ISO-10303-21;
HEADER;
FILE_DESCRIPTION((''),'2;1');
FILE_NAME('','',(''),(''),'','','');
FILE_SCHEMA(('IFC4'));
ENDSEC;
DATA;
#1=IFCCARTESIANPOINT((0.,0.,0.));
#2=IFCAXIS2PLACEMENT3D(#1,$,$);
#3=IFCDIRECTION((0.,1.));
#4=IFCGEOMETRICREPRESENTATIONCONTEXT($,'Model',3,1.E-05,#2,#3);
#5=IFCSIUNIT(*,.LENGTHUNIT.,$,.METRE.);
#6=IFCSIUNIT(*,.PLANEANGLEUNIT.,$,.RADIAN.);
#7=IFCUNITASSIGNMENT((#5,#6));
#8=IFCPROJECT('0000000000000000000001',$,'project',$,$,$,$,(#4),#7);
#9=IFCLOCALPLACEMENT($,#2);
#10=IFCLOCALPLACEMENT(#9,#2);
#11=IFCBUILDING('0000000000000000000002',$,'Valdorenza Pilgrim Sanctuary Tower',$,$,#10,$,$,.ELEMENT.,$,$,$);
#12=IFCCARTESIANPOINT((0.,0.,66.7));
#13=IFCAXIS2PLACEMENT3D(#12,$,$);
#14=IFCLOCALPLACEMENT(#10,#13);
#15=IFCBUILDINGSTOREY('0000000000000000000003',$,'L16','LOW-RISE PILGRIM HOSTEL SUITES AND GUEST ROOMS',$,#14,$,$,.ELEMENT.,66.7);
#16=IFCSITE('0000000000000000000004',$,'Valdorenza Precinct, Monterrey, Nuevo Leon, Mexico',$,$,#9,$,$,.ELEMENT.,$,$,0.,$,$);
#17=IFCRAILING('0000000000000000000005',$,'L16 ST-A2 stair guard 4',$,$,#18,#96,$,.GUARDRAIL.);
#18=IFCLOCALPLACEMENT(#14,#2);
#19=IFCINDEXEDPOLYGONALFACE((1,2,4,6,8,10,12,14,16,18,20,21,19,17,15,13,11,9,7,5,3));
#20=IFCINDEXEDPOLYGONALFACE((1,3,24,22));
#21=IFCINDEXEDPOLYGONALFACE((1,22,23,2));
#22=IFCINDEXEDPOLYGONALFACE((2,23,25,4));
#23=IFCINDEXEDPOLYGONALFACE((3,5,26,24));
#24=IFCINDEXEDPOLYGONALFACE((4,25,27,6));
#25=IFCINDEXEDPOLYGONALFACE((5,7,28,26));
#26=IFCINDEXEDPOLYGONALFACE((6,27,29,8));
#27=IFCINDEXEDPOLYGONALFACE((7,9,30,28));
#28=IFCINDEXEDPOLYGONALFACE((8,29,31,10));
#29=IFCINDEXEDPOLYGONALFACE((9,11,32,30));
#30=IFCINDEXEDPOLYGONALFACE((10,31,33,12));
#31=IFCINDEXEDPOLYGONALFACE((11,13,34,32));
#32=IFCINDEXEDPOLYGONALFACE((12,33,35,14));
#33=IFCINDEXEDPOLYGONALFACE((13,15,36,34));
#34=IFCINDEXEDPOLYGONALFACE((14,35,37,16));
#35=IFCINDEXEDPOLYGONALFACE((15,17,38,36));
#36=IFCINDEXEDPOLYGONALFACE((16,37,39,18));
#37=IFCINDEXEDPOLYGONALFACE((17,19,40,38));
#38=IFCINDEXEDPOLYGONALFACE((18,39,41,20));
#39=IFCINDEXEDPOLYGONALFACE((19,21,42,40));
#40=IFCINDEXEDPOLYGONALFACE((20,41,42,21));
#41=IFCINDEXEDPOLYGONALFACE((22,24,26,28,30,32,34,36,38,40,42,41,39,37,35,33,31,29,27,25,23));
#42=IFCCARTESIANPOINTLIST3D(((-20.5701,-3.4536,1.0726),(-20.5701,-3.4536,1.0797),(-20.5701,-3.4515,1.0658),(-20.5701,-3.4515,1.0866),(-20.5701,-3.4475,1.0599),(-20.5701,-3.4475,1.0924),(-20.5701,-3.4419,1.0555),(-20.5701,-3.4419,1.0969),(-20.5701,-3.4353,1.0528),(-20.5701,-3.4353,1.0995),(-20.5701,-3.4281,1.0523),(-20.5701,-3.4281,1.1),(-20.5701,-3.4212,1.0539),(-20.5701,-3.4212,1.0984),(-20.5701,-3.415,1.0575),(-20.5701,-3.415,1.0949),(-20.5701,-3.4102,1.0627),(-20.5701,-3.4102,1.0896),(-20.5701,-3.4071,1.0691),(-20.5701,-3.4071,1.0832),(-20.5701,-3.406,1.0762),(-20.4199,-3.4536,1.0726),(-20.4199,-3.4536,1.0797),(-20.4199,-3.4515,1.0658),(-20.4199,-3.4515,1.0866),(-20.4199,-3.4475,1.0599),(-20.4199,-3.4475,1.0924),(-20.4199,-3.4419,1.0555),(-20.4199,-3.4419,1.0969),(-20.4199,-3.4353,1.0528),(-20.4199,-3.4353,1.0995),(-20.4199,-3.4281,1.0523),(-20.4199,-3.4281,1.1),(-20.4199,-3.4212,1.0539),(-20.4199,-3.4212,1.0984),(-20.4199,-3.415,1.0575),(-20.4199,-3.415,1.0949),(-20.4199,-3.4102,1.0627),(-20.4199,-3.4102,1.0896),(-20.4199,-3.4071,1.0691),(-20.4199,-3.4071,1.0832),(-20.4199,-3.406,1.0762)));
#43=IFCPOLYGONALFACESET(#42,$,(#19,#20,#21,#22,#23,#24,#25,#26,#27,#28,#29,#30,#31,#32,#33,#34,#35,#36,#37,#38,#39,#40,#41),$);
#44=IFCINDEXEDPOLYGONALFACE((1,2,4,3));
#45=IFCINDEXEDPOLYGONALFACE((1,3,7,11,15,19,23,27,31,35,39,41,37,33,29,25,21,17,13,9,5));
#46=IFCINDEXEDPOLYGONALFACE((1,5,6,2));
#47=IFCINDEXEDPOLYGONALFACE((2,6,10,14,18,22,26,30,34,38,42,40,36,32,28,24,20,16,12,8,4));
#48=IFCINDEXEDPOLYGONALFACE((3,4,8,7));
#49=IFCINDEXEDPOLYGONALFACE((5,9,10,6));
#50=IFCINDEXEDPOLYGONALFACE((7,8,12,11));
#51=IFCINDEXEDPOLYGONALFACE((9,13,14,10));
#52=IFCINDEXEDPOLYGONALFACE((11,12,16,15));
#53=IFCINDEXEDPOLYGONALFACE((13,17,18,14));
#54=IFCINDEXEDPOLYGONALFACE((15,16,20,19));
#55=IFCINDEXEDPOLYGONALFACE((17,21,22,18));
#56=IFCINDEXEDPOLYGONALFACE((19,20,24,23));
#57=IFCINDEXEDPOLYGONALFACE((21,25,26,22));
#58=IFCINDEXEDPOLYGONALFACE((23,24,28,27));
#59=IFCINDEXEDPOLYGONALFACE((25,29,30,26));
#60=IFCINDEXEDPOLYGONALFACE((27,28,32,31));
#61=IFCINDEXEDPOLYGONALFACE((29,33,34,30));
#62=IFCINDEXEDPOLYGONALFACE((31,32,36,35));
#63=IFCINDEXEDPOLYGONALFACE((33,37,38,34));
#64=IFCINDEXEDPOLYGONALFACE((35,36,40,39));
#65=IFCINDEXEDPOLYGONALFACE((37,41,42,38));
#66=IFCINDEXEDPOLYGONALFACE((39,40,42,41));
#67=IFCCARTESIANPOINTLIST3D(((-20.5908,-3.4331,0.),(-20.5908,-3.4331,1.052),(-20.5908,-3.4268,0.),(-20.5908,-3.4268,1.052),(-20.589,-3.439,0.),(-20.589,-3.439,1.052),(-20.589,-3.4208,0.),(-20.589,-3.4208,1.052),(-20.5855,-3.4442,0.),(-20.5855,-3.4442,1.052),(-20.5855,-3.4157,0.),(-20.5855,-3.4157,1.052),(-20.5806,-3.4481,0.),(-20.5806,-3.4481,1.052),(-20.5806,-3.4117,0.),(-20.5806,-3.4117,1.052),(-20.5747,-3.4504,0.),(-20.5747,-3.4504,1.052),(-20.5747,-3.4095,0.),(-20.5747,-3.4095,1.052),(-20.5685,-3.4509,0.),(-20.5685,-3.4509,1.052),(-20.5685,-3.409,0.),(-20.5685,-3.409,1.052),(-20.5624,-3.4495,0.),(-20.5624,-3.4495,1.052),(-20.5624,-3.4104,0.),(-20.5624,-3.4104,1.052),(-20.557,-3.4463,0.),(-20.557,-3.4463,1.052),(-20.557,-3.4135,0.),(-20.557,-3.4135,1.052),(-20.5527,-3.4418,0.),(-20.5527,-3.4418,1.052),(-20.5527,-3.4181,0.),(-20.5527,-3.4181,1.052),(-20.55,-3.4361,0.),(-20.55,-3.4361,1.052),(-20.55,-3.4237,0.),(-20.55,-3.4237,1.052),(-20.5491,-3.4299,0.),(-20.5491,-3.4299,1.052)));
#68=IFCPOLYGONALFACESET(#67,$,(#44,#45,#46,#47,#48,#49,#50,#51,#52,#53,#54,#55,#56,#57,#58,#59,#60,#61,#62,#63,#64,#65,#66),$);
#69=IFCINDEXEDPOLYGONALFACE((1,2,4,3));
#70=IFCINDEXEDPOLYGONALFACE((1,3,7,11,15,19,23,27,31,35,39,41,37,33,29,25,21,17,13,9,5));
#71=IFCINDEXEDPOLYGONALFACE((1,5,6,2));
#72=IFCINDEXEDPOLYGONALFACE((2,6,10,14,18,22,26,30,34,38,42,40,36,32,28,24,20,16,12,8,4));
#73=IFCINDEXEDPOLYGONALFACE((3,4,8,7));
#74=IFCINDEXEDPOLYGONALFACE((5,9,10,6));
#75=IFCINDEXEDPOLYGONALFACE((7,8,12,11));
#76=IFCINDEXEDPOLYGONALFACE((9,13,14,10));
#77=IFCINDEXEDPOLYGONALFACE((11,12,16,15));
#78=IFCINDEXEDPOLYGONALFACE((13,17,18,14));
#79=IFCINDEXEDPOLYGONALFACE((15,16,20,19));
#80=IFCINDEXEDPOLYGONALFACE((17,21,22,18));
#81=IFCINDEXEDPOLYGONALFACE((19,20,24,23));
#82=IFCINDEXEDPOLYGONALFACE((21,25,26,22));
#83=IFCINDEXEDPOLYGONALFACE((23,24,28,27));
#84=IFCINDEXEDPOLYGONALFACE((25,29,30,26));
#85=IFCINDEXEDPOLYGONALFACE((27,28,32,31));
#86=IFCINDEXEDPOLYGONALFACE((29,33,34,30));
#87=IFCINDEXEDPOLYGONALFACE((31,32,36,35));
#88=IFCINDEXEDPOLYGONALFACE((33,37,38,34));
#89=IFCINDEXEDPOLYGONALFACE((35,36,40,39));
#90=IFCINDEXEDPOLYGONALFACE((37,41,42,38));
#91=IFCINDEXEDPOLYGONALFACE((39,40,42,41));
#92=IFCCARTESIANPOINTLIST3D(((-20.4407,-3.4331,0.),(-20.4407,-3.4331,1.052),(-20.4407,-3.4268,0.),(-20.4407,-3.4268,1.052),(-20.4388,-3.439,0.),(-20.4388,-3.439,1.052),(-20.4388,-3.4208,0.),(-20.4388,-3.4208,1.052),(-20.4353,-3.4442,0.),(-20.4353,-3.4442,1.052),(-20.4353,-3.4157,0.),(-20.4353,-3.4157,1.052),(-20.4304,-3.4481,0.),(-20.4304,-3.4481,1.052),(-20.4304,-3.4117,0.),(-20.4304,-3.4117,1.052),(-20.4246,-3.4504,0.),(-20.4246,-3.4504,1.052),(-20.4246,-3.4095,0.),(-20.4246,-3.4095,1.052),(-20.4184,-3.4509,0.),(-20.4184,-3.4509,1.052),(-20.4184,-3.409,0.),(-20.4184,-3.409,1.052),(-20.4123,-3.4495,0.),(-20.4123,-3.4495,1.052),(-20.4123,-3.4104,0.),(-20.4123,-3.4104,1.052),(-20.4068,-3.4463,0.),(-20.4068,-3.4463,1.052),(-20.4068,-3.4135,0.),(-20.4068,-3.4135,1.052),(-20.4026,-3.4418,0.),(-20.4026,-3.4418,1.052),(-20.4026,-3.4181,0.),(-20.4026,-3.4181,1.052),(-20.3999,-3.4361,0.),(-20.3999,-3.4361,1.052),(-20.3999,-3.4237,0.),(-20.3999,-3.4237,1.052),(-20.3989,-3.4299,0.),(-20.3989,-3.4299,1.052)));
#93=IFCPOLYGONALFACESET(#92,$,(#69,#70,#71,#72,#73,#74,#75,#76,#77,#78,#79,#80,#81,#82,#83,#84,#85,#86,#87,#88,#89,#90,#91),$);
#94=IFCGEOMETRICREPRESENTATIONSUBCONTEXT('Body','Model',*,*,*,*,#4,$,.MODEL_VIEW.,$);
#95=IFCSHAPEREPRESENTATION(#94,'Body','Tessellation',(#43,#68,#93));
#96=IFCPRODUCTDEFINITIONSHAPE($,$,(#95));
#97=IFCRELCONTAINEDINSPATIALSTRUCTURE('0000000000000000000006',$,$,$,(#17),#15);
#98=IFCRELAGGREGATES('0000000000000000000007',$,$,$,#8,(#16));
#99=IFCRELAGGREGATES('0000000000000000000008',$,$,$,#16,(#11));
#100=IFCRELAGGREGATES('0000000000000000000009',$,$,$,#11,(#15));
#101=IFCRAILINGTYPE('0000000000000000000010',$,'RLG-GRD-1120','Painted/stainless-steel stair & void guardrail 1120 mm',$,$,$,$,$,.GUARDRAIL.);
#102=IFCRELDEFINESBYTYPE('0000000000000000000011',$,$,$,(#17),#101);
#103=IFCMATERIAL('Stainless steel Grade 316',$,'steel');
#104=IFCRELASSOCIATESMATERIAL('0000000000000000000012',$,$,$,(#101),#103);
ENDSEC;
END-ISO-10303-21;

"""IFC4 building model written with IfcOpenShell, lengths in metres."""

from ifc_helpers import new_model, si_unit, direction, frame, origin, origin_2d, place, context, subcontext, project, spatial, circle, extrude, material, type_object, element, save


model = new_model("IFC4")

# Units and contexts
model_context = context("Model", 3, precision=1e-05, world=origin(), true_north=direction((0.0, 1.0)))
body_context = subcontext(model_context, "Body", "Model", "MODEL_VIEW")
ifc_project = project(units=[si_unit("LENGTHUNIT", "METRE"), si_unit("PLANEANGLEUNIT", "RADIAN")], contexts=[model_context])

# Site, building, storey
site_placement = place(None, origin())
site = spatial("IfcSite", under=ifc_project, at=site_placement, Name="Valdorenza Precinct, Monterrey, Nuevo Leon, Mexico", CompositionType="ELEMENT", RefElevation=0.0)
building_placement = place(site_placement, origin())
building = spatial("IfcBuilding", under=site, at=building_placement, Name="Valdorenza Pilgrim Sanctuary Tower", CompositionType="ELEMENT")
storey_placement = place(building_placement, frame((0.0, 0.0, 66.7)))
storey = spatial("IfcBuildingStorey", under=building, at=storey_placement, Name="L16", Description="LOW-RISE PILGRIM HOSTEL SUITES AND GUEST ROOMS", CompositionType="ELEMENT", Elevation=66.7)

# Railing
ifc_material_1 = material(Name="Stainless steel Grade 316", Category="steel")
railing_type_1 = type_object("IfcRailingType", Name="RLG-GRD-1120", Description="Painted/stainless-steel stair & void guardrail 1120 mm", PredefinedType="GUARDRAIL", material=ifc_material_1)
railing_1_placement = place(storey_placement, frame((-20.5701, -3.4299, 0.0)))
element("IfcRailing", 1, at=railing_1_placement, inside=storey, type_object=railing_type_1, Name="L16 ST-A2 stair guard 4", PredefinedType="GUARDRAIL", context=body_context, shape_type="SweptSolid", body=[
    extrude(circle(Radius=0.0239, at=origin_2d()), frame((0.0, 0.0, 1.0762), z_axis=(1.0, 0.0, 0.0), x_axis=(0.0, 1.0, 0.0)), (0.0, 0.0, 1.0), 0.1501),
    extrude(circle(Radius=0.021, at=origin_2d()), origin(), (0.0, 0.0, 1.0), 1.052),
    extrude(circle(Radius=0.021, at=origin_2d()), frame((0.1501, 0.0, 0.0)), (0.0, 0.0, 1.0), 1.052),
])

save(model, "model.ifc")
